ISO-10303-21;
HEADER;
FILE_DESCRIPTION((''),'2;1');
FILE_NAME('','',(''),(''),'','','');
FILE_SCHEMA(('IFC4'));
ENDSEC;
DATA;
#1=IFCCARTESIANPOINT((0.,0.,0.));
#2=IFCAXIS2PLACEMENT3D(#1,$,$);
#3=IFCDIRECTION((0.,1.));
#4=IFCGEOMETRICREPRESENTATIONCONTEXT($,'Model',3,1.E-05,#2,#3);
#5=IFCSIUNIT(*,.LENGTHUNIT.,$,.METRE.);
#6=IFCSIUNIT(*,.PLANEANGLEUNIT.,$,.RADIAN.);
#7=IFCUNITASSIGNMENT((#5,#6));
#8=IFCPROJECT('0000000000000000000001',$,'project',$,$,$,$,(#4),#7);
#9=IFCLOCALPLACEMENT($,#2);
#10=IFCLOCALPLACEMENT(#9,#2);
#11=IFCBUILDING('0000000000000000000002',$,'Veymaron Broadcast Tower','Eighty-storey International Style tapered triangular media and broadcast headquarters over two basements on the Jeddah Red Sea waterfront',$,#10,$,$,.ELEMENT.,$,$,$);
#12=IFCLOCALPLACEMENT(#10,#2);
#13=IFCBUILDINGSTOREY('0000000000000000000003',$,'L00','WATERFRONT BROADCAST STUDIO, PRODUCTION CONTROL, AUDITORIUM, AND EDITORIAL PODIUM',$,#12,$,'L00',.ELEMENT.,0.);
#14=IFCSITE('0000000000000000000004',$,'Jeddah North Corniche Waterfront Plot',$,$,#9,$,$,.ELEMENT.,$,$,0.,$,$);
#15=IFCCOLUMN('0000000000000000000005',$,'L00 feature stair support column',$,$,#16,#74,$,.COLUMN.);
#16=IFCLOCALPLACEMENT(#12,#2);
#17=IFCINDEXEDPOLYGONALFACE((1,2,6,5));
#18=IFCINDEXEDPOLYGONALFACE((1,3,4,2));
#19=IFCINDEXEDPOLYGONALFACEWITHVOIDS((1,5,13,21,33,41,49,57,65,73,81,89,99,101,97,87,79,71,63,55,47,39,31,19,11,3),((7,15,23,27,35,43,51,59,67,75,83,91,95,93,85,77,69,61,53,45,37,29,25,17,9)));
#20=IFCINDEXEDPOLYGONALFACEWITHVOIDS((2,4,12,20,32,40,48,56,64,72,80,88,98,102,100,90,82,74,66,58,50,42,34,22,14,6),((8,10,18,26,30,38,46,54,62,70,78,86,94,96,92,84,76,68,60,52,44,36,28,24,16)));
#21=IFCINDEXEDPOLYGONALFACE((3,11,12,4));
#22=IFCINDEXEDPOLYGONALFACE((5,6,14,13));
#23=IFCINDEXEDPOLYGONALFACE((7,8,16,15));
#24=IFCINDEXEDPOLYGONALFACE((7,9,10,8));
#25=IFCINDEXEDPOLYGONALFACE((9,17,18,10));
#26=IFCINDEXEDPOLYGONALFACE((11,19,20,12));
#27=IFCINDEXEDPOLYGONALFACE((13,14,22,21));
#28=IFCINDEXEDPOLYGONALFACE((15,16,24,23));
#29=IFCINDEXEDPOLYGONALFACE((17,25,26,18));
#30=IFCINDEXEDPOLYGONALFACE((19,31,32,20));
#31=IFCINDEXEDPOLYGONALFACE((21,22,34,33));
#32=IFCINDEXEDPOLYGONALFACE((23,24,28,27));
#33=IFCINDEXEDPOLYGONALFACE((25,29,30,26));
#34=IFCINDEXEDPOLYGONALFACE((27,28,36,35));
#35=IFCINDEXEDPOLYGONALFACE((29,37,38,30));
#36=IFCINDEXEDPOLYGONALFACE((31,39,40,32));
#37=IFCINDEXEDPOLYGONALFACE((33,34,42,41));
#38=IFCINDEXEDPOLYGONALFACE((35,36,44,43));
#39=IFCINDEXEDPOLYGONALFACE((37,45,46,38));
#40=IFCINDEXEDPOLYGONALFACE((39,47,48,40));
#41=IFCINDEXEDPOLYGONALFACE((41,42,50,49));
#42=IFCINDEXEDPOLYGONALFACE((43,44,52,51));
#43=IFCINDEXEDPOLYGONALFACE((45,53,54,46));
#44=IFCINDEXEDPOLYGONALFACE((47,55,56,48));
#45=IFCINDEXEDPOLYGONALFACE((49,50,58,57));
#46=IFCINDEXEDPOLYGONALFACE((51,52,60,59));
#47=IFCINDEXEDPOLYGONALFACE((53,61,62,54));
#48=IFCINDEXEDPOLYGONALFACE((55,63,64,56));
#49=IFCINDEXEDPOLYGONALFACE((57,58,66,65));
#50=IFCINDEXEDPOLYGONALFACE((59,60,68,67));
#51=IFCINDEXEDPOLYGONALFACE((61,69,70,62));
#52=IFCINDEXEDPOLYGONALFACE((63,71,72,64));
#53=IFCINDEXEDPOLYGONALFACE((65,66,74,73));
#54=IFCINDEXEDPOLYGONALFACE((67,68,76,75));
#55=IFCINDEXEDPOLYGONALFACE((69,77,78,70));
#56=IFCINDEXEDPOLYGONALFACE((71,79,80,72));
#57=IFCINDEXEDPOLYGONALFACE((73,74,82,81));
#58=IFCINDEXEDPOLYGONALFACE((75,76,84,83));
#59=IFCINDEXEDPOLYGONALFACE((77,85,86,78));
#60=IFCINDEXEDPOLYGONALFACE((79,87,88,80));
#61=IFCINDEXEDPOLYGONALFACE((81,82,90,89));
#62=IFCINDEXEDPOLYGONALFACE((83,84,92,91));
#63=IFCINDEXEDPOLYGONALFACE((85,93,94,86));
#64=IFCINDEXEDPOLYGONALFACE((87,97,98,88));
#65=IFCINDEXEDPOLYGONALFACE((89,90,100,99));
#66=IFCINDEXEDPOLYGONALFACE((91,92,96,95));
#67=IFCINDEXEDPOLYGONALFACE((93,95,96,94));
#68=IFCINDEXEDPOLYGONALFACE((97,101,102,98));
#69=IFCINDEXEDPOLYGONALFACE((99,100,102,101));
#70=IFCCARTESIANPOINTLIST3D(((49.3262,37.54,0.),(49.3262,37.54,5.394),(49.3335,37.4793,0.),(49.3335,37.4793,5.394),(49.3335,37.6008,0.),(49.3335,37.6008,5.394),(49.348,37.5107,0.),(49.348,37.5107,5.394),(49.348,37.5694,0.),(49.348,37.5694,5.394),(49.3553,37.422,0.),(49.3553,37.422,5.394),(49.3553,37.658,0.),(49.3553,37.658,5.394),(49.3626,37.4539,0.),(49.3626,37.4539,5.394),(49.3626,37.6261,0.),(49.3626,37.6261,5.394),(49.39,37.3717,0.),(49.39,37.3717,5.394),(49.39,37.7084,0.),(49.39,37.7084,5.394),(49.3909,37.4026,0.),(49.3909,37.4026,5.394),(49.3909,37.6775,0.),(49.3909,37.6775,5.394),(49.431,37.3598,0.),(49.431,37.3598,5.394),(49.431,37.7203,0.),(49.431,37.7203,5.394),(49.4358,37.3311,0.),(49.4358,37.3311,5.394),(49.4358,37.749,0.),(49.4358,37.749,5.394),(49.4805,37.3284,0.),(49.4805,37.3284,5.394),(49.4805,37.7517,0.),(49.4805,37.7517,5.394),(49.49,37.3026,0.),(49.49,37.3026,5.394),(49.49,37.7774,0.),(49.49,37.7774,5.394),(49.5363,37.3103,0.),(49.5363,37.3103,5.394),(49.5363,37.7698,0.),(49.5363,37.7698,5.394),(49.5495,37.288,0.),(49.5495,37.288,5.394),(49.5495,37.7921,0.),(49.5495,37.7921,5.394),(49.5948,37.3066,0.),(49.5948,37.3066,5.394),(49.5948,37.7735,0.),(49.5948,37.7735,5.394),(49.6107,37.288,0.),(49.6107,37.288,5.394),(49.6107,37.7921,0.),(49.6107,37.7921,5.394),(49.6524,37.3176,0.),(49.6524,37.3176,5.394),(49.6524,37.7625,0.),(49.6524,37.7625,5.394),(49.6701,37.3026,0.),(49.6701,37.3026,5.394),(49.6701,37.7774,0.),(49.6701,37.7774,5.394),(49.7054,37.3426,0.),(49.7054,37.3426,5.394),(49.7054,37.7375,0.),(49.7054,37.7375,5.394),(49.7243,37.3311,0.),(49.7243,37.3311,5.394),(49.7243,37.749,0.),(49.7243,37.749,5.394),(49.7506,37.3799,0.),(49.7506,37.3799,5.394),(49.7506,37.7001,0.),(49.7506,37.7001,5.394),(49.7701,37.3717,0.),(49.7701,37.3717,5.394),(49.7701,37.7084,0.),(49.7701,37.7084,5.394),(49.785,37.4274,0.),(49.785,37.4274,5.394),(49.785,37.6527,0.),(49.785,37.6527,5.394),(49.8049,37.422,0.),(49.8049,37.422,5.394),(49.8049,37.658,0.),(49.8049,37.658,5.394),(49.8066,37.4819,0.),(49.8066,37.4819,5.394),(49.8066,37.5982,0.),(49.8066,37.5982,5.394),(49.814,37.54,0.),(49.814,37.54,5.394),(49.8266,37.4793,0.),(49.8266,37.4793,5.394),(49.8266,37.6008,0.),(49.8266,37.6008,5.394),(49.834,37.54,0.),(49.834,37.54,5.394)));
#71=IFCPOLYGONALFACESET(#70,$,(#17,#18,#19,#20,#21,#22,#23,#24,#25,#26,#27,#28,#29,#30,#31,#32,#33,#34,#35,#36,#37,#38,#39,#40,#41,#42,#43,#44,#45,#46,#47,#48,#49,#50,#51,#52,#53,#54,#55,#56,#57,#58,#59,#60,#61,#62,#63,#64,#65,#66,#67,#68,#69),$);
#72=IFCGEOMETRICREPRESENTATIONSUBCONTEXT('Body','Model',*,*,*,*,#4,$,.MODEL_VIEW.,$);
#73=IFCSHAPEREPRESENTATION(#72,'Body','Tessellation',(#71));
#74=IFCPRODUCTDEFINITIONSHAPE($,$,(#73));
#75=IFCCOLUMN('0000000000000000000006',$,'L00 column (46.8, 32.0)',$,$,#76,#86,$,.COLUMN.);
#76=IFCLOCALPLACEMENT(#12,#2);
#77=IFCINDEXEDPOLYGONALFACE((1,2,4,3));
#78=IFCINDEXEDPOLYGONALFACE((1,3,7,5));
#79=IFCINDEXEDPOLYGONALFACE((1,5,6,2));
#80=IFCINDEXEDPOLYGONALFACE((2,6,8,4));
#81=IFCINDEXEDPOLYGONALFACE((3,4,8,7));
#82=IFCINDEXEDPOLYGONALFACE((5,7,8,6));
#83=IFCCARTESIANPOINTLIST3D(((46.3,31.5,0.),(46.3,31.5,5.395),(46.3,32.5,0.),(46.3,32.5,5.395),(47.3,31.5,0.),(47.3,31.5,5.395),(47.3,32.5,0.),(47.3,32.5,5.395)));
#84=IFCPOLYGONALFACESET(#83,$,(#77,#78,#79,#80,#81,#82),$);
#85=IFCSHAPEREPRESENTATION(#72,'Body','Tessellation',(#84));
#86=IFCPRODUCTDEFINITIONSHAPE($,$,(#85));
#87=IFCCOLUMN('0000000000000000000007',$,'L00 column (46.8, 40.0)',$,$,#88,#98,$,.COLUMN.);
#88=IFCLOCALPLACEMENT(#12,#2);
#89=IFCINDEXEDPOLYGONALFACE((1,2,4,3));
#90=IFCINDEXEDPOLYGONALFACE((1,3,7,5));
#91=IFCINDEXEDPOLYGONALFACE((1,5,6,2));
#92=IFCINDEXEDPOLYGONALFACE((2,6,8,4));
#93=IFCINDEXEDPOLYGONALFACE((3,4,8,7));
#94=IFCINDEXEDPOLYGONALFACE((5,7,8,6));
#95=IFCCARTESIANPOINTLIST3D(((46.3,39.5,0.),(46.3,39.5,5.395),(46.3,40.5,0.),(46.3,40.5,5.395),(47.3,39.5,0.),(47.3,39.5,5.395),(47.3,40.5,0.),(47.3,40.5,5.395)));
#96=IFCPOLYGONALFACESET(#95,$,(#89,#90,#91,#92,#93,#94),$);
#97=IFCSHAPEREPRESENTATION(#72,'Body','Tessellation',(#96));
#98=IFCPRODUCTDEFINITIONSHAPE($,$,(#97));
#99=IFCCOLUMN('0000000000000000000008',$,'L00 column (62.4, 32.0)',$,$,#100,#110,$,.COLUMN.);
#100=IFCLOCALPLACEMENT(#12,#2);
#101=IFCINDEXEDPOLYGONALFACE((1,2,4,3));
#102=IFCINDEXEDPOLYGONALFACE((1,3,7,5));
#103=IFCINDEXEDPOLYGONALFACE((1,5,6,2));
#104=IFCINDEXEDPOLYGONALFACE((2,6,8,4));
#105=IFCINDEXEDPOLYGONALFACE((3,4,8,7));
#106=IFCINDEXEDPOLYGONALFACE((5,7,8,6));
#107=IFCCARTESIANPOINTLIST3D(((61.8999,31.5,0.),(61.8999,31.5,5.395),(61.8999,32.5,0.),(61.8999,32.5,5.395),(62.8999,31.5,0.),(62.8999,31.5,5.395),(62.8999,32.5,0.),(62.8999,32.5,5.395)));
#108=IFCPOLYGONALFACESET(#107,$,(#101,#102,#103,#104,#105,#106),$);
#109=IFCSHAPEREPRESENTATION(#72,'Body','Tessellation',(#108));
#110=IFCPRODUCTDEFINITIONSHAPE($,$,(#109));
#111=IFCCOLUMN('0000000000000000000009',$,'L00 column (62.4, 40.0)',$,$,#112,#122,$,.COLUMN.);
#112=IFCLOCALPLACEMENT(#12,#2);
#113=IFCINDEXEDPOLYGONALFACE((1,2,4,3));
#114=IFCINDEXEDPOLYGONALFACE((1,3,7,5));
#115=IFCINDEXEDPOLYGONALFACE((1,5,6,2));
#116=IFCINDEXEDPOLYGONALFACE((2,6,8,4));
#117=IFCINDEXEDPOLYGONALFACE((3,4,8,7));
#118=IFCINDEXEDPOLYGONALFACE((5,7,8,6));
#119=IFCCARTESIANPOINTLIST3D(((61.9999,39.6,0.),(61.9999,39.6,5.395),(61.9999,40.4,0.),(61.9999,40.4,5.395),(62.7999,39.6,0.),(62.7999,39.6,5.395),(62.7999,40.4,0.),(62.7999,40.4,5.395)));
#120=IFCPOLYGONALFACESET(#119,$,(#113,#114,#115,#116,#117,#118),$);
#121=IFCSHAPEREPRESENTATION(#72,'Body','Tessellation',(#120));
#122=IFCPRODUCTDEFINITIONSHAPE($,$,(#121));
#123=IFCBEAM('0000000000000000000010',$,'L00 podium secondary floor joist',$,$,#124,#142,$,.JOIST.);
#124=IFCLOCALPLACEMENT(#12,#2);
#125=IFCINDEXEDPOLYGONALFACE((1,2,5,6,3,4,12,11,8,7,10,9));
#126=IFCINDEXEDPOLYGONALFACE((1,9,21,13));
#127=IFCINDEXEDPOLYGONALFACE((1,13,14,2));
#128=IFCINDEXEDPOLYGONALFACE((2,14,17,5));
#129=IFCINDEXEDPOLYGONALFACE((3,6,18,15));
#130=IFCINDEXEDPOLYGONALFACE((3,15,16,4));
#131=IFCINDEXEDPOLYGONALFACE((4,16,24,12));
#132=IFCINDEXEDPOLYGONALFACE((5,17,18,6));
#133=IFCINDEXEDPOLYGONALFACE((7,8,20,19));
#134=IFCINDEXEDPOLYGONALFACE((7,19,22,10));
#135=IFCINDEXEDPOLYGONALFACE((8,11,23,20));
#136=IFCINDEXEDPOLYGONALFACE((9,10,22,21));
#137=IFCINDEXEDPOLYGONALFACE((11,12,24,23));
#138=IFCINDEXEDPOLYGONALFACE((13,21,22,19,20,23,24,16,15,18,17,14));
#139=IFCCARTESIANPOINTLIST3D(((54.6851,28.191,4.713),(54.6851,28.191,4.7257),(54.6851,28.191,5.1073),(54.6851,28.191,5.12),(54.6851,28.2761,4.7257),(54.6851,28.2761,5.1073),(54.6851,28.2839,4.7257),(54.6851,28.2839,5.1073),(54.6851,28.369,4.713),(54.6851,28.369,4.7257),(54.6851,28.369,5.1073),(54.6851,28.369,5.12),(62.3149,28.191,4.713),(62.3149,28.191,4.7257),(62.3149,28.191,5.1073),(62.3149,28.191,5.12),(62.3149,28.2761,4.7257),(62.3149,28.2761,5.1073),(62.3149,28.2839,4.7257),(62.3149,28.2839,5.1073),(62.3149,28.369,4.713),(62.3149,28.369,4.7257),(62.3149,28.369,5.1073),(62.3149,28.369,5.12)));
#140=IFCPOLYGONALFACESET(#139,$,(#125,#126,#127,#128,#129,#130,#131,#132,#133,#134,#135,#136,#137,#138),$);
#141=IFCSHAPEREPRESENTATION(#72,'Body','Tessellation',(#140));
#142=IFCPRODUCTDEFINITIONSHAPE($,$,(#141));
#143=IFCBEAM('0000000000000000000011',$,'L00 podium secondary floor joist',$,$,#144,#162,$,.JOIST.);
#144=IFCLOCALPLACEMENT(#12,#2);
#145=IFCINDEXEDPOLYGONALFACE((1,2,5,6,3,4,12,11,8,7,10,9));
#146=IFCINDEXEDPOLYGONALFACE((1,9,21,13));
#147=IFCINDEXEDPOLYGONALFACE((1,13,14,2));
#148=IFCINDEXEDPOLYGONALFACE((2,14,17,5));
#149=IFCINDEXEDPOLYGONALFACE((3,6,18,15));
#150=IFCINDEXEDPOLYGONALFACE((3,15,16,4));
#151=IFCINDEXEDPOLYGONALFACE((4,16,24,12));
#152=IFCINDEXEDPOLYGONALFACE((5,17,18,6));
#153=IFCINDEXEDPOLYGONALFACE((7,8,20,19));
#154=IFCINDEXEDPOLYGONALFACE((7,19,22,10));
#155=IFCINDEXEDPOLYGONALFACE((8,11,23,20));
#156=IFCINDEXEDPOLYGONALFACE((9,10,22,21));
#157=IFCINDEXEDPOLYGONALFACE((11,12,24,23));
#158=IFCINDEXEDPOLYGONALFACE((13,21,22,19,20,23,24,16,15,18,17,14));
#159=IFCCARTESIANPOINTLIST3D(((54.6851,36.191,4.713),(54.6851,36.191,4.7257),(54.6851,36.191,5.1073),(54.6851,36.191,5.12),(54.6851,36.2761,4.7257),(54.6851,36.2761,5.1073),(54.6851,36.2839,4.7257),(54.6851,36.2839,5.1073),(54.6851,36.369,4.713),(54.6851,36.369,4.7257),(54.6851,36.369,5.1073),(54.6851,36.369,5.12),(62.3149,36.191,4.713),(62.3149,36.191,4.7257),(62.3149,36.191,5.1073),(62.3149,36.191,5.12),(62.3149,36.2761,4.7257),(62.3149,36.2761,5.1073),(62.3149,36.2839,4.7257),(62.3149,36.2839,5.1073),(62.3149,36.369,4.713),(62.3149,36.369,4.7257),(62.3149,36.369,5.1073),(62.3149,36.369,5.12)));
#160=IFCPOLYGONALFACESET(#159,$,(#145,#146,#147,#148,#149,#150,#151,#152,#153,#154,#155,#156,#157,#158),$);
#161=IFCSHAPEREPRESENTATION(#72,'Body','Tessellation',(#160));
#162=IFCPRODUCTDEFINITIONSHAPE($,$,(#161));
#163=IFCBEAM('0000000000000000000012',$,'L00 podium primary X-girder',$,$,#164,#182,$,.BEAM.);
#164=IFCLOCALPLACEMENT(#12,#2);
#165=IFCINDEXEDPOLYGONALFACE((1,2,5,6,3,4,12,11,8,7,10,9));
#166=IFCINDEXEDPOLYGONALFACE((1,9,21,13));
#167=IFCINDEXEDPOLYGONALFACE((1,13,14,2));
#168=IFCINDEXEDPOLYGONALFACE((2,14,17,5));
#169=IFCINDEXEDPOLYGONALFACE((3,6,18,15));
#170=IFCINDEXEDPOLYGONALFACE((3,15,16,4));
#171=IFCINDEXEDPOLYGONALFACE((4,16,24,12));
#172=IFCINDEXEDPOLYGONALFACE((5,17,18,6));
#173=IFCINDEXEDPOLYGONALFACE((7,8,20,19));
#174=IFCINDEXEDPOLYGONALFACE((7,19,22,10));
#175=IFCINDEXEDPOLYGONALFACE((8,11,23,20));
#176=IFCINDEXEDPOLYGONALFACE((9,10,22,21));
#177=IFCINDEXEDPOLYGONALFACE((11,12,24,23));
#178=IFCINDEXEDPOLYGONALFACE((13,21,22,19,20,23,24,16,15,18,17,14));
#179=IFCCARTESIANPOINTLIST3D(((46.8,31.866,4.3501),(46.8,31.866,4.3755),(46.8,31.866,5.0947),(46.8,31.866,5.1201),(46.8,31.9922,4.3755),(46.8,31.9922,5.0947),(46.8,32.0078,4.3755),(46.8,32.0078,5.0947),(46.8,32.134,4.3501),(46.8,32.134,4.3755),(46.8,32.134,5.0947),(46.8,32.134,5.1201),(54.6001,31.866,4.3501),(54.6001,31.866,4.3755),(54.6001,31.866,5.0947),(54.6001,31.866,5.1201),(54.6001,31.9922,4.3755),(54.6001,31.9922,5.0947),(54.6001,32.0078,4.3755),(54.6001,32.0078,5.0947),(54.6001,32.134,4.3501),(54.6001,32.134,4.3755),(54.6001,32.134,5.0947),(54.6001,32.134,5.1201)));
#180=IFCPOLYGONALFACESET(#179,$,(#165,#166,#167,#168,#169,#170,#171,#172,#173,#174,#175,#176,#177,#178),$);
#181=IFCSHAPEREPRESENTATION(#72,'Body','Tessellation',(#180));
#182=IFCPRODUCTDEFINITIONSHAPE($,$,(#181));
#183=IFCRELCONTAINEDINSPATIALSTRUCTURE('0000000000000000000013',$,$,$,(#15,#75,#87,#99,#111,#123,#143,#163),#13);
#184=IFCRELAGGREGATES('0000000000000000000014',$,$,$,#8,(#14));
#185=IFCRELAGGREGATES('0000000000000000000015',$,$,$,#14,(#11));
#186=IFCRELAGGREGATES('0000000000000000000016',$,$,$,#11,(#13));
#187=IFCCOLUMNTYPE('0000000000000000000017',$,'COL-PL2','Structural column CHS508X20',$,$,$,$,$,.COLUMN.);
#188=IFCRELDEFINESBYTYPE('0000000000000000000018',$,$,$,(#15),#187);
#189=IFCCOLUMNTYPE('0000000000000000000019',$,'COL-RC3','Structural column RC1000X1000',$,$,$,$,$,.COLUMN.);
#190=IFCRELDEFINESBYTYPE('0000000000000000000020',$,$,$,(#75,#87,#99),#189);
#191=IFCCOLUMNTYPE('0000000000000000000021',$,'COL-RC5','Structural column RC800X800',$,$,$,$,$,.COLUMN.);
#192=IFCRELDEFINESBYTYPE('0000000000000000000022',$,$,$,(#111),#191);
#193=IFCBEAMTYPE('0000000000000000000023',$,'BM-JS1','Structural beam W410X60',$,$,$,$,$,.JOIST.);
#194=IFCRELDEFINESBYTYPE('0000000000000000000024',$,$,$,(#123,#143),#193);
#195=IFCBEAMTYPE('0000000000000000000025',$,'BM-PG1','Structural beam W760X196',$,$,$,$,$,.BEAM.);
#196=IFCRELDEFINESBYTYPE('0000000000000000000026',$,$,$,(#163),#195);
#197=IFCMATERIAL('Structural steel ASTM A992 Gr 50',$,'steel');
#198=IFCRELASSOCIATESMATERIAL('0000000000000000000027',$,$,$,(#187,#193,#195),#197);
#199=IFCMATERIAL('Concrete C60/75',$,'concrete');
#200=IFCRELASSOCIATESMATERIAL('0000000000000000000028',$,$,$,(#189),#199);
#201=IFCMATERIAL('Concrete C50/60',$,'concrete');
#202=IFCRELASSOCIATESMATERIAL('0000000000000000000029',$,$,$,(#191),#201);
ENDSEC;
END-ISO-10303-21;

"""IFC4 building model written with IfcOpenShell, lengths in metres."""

from ifc_helpers import new_model, si_unit, direction, frame, origin, origin_2d, place, context, subcontext, project, spatial, rectangle, hollow_circle, i_section, extrude, material, material_profile, profile_set, type_object, element, save


model = new_model("IFC4")

# Units and contexts
model_context = context("Model", 3, precision=1e-05, world=origin(), true_north=direction((0.0, 1.0)))
body_context = subcontext(model_context, "Body", "Model", "MODEL_VIEW")
ifc_project = project(units=[si_unit("LENGTHUNIT", "METRE"), si_unit("PLANEANGLEUNIT", "RADIAN")], contexts=[model_context])

# Site, building, storey
site_placement = place(None, origin())
site = spatial("IfcSite", under=ifc_project, at=site_placement, Name="Jeddah North Corniche Waterfront Plot", CompositionType="ELEMENT", RefElevation=0.0)
building_placement = place(site_placement, origin())
building = spatial("IfcBuilding", under=site, at=building_placement, Name="Veymaron Broadcast Tower", Description="Eighty-storey International Style tapered triangular media and broadcast headquarters over two basements on the Jeddah Red Sea waterfront", CompositionType="ELEMENT")
storey_placement = place(building_placement, origin())
storey = spatial("IfcBuildingStorey", under=building, at=storey_placement, Name="L00", Description="WATERFRONT BROADCAST STUDIO, PRODUCTION CONTROL, AUDITORIUM, AND EDITORIAL PODIUM", LongName="L00", CompositionType="ELEMENT", Elevation=0.0)

# Columns
ifc_material_1 = material(Name="Structural steel ASTM A992 Gr 50", Category="steel")
ifc_material_profile_1 = material_profile(ifc_material_1, hollow_circle(Radius=0.2539, WallThickness=0.02, at=origin_2d()), Name="CHS508X20")
ifc_profile_set_1 = profile_set([ifc_material_profile_1], Name="Structural steel ASTM A992 Gr 50")
column_type_1 = type_object("IfcColumnType", Name="COL-PL2", Description="Structural column CHS508X20", PredefinedType="COLUMN", material=ifc_profile_set_1)
for number, where, z_axis, x_axis, name in (
    (1, (49.5801, 37.54, 0.0), (0.0, 0.0, 1.0), (1.0, 0.0, 0.0), "L00 feature stair support column"),
):
    element("IfcColumn", number, at=place(storey_placement, frame(where, z_axis=z_axis, x_axis=x_axis)), inside=storey, type_object=column_type_1, Name=name, PredefinedType="COLUMN", context=body_context, shape_type="SweptSolid", body=[
        extrude(hollow_circle(Radius=0.2539, WallThickness=0.02, at=origin_2d()), origin(), (0.0, 0.0, 1.0), 5.394),
    ])
ifc_material_2 = material(Name="Concrete C60/75", Category="concrete")
ifc_material_profile_2 = material_profile(ifc_material_2, rectangle(XDim=1.0, YDim=1.0, at=origin_2d()), Name="RC1000X1000")
ifc_profile_set_2 = profile_set([ifc_material_profile_2], Name="Concrete C60/75")
column_type_2 = type_object("IfcColumnType", Name="COL-RC3", Description="Structural column RC1000X1000", PredefinedType="COLUMN", material=ifc_profile_set_2)
for number, where, z_axis, x_axis, name in (
    (2, (46.8, 32.0, 0.0), (0.0, 0.0, 1.0), (1.0, 0.0, 0.0), "L00 column (46.8, 32.0)"),
    (3, (46.8, 40.0, 0.0), (0.0, 0.0, 1.0), (1.0, 0.0, 0.0), "L00 column (46.8, 40.0)"),
    (4, (62.3999, 32.0, 0.0), (0.0, 0.0, 1.0), (1.0, 0.0, 0.0), "L00 column (62.4, 32.0)"),
):
    element("IfcColumn", number, at=place(storey_placement, frame(where, z_axis=z_axis, x_axis=x_axis)), inside=storey, type_object=column_type_2, Name=name, PredefinedType="COLUMN", context=body_context, shape_type="SweptSolid", body=[
        extrude(rectangle(XDim=1.0, YDim=1.0, at=origin_2d()), origin(), (0.0, 0.0, 1.0), 5.395),
    ])
ifc_material_3 = material(Name="Concrete C50/60", Category="concrete")
ifc_material_profile_3 = material_profile(ifc_material_3, rectangle(XDim=0.8, YDim=0.8, at=origin_2d()), Name="RC800X800")
ifc_profile_set_3 = profile_set([ifc_material_profile_3], Name="Concrete C50/60")
column_type_3 = type_object("IfcColumnType", Name="COL-RC5", Description="Structural column RC800X800", PredefinedType="COLUMN", material=ifc_profile_set_3)
column_placement = place(storey_placement, frame((62.3999, 40.0, 0.0), z_axis=(0.0, 0.0, 1.0), x_axis=(1.0, 0.0, 0.0)))
element("IfcColumn", 5, at=column_placement, inside=storey, type_object=column_type_3, Name="L00 column (62.4, 40.0)", PredefinedType="COLUMN", context=body_context, shape_type="SweptSolid", body=[
    extrude(rectangle(XDim=0.8, YDim=0.8, at=origin_2d()), origin(), (0.0, 0.0, 1.0), 5.395),
])

# Beams
ifc_material_profile_4 = material_profile(ifc_material_1, i_section(OverallWidth=0.178, OverallDepth=0.407, WebThickness=0.0078, FlangeThickness=0.0127, at=origin_2d()), Name="W410X60")
ifc_profile_set_4 = profile_set([ifc_material_profile_4], Name="Structural steel ASTM A992 Gr 50")
beam_type_1 = type_object("IfcBeamType", Name="BM-JS1", Description="Structural beam W410X60", PredefinedType="JOIST", material=ifc_profile_set_4)
for number, where, z_axis, x_axis, name in (
    (6, (54.6851, 28.28, 4.9165), (1.0, 0.0, 0.0), (0.0, 1.0, 0.0), "L00 podium secondary floor joist"),
    (7, (54.6851, 36.28, 4.9165), (1.0, 0.0, 0.0), (0.0, 1.0, 0.0), "L00 podium secondary floor joist"),
):
    element("IfcBeam", number, at=place(storey_placement, frame(where, z_axis=z_axis, x_axis=x_axis)), inside=storey, type_object=beam_type_1, Name=name, PredefinedType="JOIST", context=body_context, shape_type="SweptSolid", body=[
        extrude(i_section(OverallWidth=0.178, OverallDepth=0.407, WebThickness=0.0078, FlangeThickness=0.0127, at=origin_2d()), origin(), (0.0, 0.0, 1.0), 7.6299),
    ])
ifc_material_profile_5 = material_profile(ifc_material_1, i_section(OverallWidth=0.2681, OverallDepth=0.77, WebThickness=0.0156, FlangeThickness=0.0254, at=origin_2d()), Name="W760X196")
ifc_profile_set_5 = profile_set([ifc_material_profile_5], Name="Structural steel ASTM A992 Gr 50")
beam_type_2 = type_object("IfcBeamType", Name="BM-PG1", Description="Structural beam W760X196", PredefinedType="BEAM", material=ifc_profile_set_5)
beam_1_placement = place(storey_placement, frame((46.8, 32.0, 4.7351), z_axis=(1.0, 0.0, 0.0), x_axis=(0.0, 1.0, 0.0)))
element("IfcBeam", 8, at=beam_1_placement, inside=storey, type_object=beam_type_2, Name="L00 podium primary X-girder", PredefinedType="BEAM", context=body_context, shape_type="SweptSolid", body=[
    extrude(i_section(OverallWidth=0.2681, OverallDepth=0.77, WebThickness=0.0156, FlangeThickness=0.0254, at=origin_2d()), origin(), (0.0, 0.0, 1.0), 7.8),
])

save(model, "model.ifc")
